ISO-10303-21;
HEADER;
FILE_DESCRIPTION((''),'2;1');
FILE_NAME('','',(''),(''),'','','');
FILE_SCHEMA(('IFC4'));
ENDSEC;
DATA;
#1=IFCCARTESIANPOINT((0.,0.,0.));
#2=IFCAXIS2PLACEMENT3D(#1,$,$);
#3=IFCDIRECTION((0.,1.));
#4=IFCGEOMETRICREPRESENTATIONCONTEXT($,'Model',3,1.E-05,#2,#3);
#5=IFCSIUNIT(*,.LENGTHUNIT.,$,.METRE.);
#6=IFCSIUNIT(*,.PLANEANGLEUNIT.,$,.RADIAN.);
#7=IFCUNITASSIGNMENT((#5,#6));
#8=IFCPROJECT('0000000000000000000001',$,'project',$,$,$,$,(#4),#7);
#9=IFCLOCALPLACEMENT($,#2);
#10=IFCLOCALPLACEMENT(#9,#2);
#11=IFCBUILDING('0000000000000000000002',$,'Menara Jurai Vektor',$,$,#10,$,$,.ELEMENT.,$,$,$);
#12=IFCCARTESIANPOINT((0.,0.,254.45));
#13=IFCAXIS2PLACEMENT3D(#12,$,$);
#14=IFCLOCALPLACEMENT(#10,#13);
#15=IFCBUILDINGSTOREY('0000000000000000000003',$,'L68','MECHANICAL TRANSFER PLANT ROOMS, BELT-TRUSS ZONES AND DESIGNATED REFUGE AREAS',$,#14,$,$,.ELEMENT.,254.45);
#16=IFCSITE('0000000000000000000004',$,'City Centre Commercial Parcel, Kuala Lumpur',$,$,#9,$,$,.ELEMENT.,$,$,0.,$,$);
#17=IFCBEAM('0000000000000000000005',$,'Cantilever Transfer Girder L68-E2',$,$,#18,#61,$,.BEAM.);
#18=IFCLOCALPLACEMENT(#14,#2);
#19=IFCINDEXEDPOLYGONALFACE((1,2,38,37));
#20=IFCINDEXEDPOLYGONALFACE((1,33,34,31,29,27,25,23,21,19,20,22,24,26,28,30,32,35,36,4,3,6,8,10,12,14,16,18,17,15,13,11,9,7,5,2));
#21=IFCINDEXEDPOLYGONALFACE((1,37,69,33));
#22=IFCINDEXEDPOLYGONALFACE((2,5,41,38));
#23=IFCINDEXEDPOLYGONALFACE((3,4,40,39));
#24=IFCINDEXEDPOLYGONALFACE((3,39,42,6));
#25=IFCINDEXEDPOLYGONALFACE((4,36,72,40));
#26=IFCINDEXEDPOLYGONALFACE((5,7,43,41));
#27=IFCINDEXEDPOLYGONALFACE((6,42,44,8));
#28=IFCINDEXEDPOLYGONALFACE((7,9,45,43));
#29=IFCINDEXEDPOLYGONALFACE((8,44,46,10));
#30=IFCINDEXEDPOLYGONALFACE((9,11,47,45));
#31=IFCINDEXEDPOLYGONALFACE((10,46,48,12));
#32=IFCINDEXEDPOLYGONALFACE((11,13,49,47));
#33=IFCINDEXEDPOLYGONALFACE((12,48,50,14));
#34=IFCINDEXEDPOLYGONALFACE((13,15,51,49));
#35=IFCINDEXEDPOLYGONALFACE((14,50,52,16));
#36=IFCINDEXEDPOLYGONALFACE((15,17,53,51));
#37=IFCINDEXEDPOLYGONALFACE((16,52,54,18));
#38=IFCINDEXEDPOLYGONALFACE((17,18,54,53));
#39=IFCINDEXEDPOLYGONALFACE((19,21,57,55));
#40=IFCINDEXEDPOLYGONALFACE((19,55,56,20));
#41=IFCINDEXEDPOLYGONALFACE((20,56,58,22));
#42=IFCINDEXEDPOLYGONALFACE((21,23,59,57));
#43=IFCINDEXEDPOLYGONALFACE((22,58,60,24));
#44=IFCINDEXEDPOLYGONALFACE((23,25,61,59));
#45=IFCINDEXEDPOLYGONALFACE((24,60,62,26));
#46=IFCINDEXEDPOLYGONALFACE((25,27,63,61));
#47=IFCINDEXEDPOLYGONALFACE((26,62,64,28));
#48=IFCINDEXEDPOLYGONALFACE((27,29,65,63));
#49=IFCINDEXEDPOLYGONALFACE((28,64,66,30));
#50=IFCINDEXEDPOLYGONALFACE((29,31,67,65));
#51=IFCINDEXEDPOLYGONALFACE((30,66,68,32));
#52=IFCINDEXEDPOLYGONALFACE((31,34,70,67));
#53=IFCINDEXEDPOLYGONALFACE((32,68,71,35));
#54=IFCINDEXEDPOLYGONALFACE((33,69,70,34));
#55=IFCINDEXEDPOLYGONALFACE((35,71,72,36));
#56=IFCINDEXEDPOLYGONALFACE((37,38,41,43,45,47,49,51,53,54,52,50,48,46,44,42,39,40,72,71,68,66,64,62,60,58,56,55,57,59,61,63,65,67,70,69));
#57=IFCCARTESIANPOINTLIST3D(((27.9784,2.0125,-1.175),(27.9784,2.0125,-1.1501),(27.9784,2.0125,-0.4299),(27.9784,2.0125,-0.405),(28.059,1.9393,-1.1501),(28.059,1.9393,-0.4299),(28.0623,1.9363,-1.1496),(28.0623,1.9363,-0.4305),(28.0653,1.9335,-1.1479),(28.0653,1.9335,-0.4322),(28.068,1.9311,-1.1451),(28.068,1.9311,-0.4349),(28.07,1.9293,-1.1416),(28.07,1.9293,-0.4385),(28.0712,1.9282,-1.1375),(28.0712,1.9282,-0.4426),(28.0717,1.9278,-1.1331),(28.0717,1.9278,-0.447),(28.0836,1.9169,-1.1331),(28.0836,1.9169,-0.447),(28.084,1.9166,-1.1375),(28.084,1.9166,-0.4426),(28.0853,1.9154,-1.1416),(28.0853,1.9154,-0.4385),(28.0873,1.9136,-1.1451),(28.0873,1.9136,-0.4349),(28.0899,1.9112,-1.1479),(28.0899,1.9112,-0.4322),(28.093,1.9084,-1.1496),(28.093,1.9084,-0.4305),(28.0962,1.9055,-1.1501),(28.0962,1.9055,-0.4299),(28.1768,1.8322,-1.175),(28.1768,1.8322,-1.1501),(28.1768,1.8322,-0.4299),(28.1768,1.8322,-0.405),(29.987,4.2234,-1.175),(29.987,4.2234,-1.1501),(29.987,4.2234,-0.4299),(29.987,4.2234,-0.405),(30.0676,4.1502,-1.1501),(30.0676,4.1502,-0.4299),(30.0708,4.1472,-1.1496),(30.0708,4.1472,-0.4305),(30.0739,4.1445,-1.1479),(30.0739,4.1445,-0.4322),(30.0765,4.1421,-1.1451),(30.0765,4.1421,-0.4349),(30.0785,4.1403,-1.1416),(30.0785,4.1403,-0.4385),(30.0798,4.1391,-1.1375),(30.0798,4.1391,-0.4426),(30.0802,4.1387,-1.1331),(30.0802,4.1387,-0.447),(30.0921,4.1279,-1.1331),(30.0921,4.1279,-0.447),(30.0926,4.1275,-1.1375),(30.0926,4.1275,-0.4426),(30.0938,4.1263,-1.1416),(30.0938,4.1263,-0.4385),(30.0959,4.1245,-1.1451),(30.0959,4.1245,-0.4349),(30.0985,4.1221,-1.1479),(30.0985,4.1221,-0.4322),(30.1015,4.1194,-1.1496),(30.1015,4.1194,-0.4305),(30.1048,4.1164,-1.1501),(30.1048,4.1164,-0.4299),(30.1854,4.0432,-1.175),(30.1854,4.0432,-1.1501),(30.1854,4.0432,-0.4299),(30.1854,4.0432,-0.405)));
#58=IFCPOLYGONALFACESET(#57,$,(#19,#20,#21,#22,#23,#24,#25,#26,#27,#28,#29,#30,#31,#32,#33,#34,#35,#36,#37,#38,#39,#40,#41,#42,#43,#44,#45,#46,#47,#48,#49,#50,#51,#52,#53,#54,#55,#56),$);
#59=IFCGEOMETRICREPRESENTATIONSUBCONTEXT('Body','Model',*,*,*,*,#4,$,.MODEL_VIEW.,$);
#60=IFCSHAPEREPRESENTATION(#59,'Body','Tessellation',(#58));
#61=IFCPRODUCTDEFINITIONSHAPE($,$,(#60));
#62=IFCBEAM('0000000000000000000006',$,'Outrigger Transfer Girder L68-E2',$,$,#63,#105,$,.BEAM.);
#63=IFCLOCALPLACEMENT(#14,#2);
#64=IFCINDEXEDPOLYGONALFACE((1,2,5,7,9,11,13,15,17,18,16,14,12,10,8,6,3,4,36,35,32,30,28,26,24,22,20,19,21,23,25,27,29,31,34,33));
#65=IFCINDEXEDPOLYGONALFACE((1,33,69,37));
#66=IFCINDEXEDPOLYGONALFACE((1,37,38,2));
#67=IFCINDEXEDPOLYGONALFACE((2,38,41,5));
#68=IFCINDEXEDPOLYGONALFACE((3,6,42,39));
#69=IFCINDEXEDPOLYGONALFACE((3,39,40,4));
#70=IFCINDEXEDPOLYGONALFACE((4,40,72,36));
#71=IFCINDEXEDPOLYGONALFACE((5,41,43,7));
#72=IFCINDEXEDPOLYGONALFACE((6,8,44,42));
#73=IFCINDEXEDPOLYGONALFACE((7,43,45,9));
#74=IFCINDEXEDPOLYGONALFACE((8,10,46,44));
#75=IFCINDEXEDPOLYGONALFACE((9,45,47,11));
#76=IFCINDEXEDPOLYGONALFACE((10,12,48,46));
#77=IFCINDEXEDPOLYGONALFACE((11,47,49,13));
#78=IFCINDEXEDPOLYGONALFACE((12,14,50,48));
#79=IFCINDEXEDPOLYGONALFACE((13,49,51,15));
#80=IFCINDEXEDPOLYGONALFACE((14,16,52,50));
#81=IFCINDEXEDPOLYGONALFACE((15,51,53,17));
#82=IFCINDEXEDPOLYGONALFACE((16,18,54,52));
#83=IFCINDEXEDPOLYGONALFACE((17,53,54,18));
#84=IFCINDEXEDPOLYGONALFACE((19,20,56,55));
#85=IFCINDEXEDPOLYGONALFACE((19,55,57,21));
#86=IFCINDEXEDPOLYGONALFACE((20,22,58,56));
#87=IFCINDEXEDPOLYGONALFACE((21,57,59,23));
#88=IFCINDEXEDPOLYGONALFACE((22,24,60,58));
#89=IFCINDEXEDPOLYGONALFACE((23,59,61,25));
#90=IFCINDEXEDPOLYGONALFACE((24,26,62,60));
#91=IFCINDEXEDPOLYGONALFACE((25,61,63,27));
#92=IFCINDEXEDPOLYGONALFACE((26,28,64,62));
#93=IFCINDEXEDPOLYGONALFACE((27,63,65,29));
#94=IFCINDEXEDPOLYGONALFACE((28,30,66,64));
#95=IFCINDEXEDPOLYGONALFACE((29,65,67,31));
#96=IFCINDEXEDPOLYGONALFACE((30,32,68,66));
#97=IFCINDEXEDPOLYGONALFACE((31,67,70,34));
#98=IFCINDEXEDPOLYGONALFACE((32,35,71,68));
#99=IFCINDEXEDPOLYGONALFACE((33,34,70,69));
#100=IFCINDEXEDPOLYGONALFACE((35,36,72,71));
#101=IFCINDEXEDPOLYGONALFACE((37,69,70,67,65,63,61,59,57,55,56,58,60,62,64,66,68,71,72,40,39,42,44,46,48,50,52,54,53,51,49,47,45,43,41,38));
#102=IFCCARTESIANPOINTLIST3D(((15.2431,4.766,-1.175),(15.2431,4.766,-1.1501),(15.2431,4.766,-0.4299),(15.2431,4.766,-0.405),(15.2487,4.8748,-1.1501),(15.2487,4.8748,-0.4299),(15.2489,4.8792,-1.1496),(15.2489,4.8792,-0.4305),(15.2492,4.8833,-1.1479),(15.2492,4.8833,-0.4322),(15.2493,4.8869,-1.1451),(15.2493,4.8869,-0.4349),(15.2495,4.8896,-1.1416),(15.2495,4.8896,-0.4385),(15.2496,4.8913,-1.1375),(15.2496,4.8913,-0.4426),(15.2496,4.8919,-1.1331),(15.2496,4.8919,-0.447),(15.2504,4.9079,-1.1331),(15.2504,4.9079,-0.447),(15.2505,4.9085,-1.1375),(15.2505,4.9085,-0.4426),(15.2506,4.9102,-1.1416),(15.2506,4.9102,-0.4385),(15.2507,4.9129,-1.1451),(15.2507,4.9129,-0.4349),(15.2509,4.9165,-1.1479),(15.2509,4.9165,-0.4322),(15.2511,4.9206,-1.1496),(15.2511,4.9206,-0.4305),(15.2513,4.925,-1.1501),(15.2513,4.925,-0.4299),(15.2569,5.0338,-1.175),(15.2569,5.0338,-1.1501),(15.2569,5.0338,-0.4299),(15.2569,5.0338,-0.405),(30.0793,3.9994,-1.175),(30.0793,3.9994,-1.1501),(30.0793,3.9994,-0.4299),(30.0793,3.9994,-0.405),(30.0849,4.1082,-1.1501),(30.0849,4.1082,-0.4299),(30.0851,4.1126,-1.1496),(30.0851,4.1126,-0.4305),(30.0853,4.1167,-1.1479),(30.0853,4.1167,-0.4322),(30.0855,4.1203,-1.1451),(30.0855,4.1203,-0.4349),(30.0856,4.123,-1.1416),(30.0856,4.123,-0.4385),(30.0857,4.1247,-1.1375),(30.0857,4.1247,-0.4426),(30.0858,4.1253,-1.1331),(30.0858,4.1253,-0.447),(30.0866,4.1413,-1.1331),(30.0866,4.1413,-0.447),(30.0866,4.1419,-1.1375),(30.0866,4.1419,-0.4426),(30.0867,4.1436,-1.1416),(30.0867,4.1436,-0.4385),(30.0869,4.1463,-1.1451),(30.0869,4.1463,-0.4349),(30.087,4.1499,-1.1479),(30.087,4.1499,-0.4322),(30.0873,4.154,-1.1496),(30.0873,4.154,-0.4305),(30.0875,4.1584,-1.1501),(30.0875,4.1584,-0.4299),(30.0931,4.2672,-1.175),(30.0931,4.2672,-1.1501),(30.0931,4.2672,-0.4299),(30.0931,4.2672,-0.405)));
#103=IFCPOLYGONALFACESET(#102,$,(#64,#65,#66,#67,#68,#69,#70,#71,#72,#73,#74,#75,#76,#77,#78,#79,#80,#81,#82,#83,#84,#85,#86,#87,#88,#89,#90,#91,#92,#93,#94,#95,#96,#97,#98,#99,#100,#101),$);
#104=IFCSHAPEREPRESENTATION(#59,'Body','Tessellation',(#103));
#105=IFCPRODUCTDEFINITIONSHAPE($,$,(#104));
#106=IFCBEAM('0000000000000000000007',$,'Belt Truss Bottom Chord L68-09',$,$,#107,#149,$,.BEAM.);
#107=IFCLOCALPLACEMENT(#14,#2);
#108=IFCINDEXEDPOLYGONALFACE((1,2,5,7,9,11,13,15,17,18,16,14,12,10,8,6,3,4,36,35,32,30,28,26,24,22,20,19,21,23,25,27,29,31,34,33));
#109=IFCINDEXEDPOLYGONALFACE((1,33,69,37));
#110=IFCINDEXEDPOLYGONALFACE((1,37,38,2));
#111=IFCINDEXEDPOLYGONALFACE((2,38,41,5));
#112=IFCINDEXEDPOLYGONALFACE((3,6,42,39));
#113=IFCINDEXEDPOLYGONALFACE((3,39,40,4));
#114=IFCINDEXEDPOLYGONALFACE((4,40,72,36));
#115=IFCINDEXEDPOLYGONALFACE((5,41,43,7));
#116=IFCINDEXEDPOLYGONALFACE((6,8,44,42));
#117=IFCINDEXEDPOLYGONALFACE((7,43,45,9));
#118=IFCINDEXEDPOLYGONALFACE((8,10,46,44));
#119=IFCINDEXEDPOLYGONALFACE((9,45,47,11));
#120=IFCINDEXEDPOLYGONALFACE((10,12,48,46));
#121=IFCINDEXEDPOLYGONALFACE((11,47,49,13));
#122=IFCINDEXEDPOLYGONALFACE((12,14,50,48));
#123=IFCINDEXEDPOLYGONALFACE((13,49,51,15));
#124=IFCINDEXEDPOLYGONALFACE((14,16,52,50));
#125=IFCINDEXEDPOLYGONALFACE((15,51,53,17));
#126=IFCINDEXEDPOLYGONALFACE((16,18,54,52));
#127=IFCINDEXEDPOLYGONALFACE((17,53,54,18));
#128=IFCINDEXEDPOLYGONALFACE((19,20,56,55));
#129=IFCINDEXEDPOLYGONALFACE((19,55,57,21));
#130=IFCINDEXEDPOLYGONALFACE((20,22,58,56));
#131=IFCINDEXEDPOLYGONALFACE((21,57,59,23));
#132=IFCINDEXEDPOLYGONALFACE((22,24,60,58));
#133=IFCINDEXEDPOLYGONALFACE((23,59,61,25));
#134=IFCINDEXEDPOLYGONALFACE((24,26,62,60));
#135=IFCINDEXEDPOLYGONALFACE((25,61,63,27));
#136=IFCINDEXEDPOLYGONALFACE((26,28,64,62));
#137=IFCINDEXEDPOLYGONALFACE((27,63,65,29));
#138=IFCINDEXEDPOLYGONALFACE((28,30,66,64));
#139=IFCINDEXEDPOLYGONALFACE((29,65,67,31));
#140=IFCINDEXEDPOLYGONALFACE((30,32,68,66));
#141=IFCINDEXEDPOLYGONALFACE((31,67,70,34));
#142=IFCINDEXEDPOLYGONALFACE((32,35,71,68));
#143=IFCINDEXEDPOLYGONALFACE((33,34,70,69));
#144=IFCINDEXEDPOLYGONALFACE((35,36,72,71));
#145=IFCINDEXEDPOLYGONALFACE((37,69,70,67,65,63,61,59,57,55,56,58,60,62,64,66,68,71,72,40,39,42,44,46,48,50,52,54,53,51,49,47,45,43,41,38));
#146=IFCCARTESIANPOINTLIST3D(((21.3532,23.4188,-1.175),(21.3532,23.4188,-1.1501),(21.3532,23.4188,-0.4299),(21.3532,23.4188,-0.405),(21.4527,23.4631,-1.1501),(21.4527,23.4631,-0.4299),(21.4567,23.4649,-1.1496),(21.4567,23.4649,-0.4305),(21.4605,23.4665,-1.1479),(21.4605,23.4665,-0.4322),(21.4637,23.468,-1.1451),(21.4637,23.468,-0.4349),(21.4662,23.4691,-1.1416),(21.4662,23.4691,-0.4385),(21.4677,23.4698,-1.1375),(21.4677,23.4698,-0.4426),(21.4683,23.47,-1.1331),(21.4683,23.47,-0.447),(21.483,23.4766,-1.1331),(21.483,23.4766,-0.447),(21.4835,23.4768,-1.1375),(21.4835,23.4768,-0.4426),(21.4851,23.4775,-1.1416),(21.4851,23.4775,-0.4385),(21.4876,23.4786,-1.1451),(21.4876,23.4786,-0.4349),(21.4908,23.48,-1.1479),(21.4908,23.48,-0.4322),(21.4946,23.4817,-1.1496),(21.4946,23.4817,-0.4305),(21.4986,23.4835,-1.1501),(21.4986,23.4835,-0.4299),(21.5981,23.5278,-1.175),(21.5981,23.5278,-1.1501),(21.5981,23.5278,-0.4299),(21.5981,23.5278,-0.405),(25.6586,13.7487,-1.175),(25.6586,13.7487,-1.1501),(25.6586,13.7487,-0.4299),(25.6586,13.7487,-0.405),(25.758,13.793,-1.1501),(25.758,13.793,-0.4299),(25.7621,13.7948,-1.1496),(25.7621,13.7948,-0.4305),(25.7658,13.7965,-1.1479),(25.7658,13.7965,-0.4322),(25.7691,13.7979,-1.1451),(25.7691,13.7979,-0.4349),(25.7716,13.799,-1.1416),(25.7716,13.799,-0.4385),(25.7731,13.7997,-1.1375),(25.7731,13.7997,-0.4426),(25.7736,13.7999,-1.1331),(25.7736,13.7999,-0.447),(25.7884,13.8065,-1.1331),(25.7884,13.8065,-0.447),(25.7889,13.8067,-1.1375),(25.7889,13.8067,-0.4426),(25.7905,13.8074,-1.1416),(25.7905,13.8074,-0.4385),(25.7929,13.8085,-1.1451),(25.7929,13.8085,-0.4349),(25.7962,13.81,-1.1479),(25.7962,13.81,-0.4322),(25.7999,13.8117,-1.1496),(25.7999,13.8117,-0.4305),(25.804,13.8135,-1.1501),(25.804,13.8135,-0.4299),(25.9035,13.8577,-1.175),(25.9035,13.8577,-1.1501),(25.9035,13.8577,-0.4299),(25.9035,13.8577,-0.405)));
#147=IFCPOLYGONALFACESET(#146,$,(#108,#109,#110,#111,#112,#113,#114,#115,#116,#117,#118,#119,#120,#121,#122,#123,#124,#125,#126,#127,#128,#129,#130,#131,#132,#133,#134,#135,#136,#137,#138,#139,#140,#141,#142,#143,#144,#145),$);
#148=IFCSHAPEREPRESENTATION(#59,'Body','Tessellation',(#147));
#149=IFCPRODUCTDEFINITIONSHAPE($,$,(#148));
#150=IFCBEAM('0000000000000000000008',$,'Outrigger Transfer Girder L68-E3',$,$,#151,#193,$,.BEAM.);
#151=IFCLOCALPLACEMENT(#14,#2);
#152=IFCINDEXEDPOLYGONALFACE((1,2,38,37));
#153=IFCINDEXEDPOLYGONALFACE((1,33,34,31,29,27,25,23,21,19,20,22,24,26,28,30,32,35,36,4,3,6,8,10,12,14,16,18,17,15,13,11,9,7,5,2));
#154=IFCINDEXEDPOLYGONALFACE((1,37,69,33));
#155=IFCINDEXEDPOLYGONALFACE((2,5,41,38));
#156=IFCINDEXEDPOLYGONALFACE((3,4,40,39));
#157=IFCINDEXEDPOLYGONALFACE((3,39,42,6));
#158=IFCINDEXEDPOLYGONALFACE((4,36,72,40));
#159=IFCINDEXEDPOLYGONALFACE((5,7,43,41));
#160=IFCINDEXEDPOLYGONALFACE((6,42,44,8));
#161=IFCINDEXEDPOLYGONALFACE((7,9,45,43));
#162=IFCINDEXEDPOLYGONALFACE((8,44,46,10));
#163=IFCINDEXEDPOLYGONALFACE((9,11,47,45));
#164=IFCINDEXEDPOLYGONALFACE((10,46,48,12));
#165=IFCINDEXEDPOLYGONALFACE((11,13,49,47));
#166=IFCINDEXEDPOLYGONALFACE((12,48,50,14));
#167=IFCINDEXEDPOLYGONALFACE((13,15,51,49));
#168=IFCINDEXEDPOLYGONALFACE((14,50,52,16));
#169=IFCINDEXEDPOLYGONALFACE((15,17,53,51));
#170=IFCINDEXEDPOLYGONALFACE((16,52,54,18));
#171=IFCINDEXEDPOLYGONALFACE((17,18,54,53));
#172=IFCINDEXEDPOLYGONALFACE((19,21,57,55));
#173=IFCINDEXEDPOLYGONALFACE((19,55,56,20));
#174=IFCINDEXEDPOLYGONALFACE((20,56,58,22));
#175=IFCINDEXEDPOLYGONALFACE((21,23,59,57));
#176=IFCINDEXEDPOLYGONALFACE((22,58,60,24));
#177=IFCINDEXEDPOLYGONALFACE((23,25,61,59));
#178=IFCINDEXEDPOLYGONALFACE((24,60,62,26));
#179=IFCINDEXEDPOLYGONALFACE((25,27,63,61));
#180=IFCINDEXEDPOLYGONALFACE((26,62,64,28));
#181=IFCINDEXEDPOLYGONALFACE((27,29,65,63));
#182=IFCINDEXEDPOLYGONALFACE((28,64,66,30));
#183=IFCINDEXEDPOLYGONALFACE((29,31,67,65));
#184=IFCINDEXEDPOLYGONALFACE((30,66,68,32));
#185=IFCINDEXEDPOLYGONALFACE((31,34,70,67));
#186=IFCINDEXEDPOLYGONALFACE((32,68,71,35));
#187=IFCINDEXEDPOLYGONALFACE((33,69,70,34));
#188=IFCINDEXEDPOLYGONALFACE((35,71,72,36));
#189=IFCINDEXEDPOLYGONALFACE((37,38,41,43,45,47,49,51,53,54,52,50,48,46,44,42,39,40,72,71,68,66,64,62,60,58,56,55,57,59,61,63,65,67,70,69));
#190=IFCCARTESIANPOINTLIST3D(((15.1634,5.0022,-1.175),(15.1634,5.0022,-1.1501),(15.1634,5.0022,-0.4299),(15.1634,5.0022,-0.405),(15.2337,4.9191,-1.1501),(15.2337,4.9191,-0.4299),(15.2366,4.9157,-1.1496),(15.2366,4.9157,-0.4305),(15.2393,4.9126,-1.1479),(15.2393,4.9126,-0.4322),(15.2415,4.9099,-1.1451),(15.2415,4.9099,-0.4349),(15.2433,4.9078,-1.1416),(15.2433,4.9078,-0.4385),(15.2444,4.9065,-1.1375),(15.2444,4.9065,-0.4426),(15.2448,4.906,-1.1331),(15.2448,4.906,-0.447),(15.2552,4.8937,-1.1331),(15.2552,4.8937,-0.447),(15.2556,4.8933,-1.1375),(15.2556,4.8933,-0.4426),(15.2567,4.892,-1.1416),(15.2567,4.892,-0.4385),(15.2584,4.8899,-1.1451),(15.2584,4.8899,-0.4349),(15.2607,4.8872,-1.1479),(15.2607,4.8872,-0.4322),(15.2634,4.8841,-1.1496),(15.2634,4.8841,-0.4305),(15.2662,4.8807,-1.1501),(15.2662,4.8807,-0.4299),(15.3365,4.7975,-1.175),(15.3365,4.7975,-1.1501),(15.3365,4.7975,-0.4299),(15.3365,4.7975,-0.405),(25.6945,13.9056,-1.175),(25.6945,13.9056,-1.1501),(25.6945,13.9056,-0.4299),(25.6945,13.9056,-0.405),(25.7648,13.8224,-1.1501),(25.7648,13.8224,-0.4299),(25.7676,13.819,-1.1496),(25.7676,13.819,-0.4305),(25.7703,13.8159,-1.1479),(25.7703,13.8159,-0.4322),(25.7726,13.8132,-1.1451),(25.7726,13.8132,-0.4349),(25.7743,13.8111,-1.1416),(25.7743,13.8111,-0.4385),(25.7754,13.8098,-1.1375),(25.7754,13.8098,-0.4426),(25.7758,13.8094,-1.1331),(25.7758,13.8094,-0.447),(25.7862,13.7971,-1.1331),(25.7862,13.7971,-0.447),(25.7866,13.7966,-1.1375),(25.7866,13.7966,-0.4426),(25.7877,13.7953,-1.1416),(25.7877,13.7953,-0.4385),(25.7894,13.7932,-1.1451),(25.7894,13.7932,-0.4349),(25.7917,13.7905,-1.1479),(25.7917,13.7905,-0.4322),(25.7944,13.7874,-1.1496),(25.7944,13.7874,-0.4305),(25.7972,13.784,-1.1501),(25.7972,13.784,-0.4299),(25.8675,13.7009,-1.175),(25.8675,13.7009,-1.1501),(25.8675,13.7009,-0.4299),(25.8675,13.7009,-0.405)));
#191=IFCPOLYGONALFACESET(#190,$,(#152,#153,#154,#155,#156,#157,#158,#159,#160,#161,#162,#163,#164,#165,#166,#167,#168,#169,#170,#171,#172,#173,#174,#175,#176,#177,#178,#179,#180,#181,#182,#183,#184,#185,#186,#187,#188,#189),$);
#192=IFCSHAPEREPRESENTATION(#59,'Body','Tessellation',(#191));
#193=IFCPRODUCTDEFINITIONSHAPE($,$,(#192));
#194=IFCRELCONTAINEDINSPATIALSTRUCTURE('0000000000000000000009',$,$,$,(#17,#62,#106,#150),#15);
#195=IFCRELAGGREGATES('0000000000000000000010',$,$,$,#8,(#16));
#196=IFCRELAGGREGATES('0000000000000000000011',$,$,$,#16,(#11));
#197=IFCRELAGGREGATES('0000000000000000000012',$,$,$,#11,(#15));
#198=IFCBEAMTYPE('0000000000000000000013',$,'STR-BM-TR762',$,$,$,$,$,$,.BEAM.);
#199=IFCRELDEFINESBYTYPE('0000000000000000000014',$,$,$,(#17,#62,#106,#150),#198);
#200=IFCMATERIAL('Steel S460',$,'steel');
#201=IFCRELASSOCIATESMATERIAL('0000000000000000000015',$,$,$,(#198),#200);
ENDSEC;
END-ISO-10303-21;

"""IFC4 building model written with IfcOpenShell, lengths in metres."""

from ifc_helpers import new_model, si_unit, direction, frame, origin, origin_2d, place, context, subcontext, project, spatial, i_section, extrude, material, material_profile, profile_set, type_object, element, save


model = new_model("IFC4")

# Units and contexts
model_context = context("Model", 3, precision=1e-05, world=origin(), true_north=direction((0.0, 1.0)))
body_context = subcontext(model_context, "Body", "Model", "MODEL_VIEW")
ifc_project = project(units=[si_unit("LENGTHUNIT", "METRE"), si_unit("PLANEANGLEUNIT", "RADIAN")], contexts=[model_context])

# Site, building, storey
site_placement = place(None, origin())
site = spatial("IfcSite", under=ifc_project, at=site_placement, Name="City Centre Commercial Parcel, Kuala Lumpur", CompositionType="ELEMENT", RefElevation=0.0)
building_placement = place(site_placement, origin())
building = spatial("IfcBuilding", under=site, at=building_placement, Name="Menara Jurai Vektor", CompositionType="ELEMENT")
storey_placement = place(building_placement, frame((0.0, 0.0, 254.45)))
storey = spatial("IfcBuildingStorey", under=building, at=storey_placement, Name="L68", Description="MECHANICAL TRANSFER PLANT ROOMS, BELT-TRUSS ZONES AND DESIGNATED REFUGE AREAS", CompositionType="ELEMENT", Elevation=254.45)

# Shared definitions
ifc_material_1 = material(Name="Steel S460", Category="steel")

# Beams
ifc_material_profile_1 = material_profile(ifc_material_1, i_section(OverallWidth=0.2681, OverallDepth=0.77, WebThickness=0.0161, FlangeThickness=0.0249, FilletRadius=0.0171, at=origin_2d()), Name="UKB 762x267x197")
ifc_profile_set_1 = profile_set([ifc_material_profile_1], Name="Steel S460")
beam_type_1 = type_object("IfcBeamType", Name="STR-BM-TR762", PredefinedType="BEAM", material=ifc_profile_set_1)
beam_1_placement = place(storey_placement, frame((28.0776, 1.9224, -0.79), z_axis=(0.672416, 0.740173, 0.0), x_axis=(-0.740173, 0.672416, 0.0)))
element("IfcBeam", 1, at=beam_1_placement, inside=storey, type_object=beam_type_1, Name="Cantilever Transfer Girder L68-E2", PredefinedType="BEAM", context=body_context, shape_type="SweptSolid", body=[
    extrude(i_section(OverallWidth=0.2681, OverallDepth=0.77, WebThickness=0.0161, FlangeThickness=0.0249, FilletRadius=0.0171, at=origin_2d()), origin(), (0.0, 0.0, 1.0), 2.9871),
])
beam_2_placement = place(storey_placement, frame((30.0862, 4.1333, -0.79), z_axis=(-0.998668, 0.051602, 0.0), x_axis=(-0.051602, -0.998668, 0.0)))
element("IfcBeam", 2, at=beam_2_placement, inside=storey, type_object=beam_type_1, Name="Outrigger Transfer Girder L68-E2", PredefinedType="BEAM", context=body_context, shape_type="SweptSolid", body=[
    extrude(i_section(OverallWidth=0.2681, OverallDepth=0.77, WebThickness=0.0161, FlangeThickness=0.0249, FilletRadius=0.0171, at=origin_2d()), origin(), (0.0, 0.0, 1.0), 14.856),
])
beam_3_placement = place(storey_placement, frame((25.781, 13.8032, -0.79), z_axis=(-0.406735, 0.913546, 0.0), x_axis=(-0.913546, -0.406735, 0.0)))
element("IfcBeam", 3, at=beam_3_placement, inside=storey, type_object=beam_type_1, Name="Belt Truss Bottom Chord L68-09", PredefinedType="BEAM", context=body_context, shape_type="SweptSolid", body=[
    extrude(i_section(OverallWidth=0.2681, OverallDepth=0.77, WebThickness=0.0161, FlangeThickness=0.0249, FilletRadius=0.0171, at=origin_2d()), origin(), (0.0, 0.0, 1.0), 10.5852),
])
beam_4_placement = place(storey_placement, frame((25.781, 13.8032, -0.79), z_axis=(-0.763656, -0.645624, 0.0), x_axis=(0.645624, -0.763656, 0.0)))
element("IfcBeam", 4, at=beam_4_placement, inside=storey, type_object=beam_type_1, Name="Outrigger Transfer Girder L68-E3", PredefinedType="BEAM", context=body_context, shape_type="SweptSolid", body=[
    extrude(i_section(OverallWidth=0.2681, OverallDepth=0.77, WebThickness=0.0161, FlangeThickness=0.0249, FilletRadius=0.0171, at=origin_2d()), origin(), (0.0, 0.0, 1.0), 13.7903),
])

save(model, "model.ifc")
